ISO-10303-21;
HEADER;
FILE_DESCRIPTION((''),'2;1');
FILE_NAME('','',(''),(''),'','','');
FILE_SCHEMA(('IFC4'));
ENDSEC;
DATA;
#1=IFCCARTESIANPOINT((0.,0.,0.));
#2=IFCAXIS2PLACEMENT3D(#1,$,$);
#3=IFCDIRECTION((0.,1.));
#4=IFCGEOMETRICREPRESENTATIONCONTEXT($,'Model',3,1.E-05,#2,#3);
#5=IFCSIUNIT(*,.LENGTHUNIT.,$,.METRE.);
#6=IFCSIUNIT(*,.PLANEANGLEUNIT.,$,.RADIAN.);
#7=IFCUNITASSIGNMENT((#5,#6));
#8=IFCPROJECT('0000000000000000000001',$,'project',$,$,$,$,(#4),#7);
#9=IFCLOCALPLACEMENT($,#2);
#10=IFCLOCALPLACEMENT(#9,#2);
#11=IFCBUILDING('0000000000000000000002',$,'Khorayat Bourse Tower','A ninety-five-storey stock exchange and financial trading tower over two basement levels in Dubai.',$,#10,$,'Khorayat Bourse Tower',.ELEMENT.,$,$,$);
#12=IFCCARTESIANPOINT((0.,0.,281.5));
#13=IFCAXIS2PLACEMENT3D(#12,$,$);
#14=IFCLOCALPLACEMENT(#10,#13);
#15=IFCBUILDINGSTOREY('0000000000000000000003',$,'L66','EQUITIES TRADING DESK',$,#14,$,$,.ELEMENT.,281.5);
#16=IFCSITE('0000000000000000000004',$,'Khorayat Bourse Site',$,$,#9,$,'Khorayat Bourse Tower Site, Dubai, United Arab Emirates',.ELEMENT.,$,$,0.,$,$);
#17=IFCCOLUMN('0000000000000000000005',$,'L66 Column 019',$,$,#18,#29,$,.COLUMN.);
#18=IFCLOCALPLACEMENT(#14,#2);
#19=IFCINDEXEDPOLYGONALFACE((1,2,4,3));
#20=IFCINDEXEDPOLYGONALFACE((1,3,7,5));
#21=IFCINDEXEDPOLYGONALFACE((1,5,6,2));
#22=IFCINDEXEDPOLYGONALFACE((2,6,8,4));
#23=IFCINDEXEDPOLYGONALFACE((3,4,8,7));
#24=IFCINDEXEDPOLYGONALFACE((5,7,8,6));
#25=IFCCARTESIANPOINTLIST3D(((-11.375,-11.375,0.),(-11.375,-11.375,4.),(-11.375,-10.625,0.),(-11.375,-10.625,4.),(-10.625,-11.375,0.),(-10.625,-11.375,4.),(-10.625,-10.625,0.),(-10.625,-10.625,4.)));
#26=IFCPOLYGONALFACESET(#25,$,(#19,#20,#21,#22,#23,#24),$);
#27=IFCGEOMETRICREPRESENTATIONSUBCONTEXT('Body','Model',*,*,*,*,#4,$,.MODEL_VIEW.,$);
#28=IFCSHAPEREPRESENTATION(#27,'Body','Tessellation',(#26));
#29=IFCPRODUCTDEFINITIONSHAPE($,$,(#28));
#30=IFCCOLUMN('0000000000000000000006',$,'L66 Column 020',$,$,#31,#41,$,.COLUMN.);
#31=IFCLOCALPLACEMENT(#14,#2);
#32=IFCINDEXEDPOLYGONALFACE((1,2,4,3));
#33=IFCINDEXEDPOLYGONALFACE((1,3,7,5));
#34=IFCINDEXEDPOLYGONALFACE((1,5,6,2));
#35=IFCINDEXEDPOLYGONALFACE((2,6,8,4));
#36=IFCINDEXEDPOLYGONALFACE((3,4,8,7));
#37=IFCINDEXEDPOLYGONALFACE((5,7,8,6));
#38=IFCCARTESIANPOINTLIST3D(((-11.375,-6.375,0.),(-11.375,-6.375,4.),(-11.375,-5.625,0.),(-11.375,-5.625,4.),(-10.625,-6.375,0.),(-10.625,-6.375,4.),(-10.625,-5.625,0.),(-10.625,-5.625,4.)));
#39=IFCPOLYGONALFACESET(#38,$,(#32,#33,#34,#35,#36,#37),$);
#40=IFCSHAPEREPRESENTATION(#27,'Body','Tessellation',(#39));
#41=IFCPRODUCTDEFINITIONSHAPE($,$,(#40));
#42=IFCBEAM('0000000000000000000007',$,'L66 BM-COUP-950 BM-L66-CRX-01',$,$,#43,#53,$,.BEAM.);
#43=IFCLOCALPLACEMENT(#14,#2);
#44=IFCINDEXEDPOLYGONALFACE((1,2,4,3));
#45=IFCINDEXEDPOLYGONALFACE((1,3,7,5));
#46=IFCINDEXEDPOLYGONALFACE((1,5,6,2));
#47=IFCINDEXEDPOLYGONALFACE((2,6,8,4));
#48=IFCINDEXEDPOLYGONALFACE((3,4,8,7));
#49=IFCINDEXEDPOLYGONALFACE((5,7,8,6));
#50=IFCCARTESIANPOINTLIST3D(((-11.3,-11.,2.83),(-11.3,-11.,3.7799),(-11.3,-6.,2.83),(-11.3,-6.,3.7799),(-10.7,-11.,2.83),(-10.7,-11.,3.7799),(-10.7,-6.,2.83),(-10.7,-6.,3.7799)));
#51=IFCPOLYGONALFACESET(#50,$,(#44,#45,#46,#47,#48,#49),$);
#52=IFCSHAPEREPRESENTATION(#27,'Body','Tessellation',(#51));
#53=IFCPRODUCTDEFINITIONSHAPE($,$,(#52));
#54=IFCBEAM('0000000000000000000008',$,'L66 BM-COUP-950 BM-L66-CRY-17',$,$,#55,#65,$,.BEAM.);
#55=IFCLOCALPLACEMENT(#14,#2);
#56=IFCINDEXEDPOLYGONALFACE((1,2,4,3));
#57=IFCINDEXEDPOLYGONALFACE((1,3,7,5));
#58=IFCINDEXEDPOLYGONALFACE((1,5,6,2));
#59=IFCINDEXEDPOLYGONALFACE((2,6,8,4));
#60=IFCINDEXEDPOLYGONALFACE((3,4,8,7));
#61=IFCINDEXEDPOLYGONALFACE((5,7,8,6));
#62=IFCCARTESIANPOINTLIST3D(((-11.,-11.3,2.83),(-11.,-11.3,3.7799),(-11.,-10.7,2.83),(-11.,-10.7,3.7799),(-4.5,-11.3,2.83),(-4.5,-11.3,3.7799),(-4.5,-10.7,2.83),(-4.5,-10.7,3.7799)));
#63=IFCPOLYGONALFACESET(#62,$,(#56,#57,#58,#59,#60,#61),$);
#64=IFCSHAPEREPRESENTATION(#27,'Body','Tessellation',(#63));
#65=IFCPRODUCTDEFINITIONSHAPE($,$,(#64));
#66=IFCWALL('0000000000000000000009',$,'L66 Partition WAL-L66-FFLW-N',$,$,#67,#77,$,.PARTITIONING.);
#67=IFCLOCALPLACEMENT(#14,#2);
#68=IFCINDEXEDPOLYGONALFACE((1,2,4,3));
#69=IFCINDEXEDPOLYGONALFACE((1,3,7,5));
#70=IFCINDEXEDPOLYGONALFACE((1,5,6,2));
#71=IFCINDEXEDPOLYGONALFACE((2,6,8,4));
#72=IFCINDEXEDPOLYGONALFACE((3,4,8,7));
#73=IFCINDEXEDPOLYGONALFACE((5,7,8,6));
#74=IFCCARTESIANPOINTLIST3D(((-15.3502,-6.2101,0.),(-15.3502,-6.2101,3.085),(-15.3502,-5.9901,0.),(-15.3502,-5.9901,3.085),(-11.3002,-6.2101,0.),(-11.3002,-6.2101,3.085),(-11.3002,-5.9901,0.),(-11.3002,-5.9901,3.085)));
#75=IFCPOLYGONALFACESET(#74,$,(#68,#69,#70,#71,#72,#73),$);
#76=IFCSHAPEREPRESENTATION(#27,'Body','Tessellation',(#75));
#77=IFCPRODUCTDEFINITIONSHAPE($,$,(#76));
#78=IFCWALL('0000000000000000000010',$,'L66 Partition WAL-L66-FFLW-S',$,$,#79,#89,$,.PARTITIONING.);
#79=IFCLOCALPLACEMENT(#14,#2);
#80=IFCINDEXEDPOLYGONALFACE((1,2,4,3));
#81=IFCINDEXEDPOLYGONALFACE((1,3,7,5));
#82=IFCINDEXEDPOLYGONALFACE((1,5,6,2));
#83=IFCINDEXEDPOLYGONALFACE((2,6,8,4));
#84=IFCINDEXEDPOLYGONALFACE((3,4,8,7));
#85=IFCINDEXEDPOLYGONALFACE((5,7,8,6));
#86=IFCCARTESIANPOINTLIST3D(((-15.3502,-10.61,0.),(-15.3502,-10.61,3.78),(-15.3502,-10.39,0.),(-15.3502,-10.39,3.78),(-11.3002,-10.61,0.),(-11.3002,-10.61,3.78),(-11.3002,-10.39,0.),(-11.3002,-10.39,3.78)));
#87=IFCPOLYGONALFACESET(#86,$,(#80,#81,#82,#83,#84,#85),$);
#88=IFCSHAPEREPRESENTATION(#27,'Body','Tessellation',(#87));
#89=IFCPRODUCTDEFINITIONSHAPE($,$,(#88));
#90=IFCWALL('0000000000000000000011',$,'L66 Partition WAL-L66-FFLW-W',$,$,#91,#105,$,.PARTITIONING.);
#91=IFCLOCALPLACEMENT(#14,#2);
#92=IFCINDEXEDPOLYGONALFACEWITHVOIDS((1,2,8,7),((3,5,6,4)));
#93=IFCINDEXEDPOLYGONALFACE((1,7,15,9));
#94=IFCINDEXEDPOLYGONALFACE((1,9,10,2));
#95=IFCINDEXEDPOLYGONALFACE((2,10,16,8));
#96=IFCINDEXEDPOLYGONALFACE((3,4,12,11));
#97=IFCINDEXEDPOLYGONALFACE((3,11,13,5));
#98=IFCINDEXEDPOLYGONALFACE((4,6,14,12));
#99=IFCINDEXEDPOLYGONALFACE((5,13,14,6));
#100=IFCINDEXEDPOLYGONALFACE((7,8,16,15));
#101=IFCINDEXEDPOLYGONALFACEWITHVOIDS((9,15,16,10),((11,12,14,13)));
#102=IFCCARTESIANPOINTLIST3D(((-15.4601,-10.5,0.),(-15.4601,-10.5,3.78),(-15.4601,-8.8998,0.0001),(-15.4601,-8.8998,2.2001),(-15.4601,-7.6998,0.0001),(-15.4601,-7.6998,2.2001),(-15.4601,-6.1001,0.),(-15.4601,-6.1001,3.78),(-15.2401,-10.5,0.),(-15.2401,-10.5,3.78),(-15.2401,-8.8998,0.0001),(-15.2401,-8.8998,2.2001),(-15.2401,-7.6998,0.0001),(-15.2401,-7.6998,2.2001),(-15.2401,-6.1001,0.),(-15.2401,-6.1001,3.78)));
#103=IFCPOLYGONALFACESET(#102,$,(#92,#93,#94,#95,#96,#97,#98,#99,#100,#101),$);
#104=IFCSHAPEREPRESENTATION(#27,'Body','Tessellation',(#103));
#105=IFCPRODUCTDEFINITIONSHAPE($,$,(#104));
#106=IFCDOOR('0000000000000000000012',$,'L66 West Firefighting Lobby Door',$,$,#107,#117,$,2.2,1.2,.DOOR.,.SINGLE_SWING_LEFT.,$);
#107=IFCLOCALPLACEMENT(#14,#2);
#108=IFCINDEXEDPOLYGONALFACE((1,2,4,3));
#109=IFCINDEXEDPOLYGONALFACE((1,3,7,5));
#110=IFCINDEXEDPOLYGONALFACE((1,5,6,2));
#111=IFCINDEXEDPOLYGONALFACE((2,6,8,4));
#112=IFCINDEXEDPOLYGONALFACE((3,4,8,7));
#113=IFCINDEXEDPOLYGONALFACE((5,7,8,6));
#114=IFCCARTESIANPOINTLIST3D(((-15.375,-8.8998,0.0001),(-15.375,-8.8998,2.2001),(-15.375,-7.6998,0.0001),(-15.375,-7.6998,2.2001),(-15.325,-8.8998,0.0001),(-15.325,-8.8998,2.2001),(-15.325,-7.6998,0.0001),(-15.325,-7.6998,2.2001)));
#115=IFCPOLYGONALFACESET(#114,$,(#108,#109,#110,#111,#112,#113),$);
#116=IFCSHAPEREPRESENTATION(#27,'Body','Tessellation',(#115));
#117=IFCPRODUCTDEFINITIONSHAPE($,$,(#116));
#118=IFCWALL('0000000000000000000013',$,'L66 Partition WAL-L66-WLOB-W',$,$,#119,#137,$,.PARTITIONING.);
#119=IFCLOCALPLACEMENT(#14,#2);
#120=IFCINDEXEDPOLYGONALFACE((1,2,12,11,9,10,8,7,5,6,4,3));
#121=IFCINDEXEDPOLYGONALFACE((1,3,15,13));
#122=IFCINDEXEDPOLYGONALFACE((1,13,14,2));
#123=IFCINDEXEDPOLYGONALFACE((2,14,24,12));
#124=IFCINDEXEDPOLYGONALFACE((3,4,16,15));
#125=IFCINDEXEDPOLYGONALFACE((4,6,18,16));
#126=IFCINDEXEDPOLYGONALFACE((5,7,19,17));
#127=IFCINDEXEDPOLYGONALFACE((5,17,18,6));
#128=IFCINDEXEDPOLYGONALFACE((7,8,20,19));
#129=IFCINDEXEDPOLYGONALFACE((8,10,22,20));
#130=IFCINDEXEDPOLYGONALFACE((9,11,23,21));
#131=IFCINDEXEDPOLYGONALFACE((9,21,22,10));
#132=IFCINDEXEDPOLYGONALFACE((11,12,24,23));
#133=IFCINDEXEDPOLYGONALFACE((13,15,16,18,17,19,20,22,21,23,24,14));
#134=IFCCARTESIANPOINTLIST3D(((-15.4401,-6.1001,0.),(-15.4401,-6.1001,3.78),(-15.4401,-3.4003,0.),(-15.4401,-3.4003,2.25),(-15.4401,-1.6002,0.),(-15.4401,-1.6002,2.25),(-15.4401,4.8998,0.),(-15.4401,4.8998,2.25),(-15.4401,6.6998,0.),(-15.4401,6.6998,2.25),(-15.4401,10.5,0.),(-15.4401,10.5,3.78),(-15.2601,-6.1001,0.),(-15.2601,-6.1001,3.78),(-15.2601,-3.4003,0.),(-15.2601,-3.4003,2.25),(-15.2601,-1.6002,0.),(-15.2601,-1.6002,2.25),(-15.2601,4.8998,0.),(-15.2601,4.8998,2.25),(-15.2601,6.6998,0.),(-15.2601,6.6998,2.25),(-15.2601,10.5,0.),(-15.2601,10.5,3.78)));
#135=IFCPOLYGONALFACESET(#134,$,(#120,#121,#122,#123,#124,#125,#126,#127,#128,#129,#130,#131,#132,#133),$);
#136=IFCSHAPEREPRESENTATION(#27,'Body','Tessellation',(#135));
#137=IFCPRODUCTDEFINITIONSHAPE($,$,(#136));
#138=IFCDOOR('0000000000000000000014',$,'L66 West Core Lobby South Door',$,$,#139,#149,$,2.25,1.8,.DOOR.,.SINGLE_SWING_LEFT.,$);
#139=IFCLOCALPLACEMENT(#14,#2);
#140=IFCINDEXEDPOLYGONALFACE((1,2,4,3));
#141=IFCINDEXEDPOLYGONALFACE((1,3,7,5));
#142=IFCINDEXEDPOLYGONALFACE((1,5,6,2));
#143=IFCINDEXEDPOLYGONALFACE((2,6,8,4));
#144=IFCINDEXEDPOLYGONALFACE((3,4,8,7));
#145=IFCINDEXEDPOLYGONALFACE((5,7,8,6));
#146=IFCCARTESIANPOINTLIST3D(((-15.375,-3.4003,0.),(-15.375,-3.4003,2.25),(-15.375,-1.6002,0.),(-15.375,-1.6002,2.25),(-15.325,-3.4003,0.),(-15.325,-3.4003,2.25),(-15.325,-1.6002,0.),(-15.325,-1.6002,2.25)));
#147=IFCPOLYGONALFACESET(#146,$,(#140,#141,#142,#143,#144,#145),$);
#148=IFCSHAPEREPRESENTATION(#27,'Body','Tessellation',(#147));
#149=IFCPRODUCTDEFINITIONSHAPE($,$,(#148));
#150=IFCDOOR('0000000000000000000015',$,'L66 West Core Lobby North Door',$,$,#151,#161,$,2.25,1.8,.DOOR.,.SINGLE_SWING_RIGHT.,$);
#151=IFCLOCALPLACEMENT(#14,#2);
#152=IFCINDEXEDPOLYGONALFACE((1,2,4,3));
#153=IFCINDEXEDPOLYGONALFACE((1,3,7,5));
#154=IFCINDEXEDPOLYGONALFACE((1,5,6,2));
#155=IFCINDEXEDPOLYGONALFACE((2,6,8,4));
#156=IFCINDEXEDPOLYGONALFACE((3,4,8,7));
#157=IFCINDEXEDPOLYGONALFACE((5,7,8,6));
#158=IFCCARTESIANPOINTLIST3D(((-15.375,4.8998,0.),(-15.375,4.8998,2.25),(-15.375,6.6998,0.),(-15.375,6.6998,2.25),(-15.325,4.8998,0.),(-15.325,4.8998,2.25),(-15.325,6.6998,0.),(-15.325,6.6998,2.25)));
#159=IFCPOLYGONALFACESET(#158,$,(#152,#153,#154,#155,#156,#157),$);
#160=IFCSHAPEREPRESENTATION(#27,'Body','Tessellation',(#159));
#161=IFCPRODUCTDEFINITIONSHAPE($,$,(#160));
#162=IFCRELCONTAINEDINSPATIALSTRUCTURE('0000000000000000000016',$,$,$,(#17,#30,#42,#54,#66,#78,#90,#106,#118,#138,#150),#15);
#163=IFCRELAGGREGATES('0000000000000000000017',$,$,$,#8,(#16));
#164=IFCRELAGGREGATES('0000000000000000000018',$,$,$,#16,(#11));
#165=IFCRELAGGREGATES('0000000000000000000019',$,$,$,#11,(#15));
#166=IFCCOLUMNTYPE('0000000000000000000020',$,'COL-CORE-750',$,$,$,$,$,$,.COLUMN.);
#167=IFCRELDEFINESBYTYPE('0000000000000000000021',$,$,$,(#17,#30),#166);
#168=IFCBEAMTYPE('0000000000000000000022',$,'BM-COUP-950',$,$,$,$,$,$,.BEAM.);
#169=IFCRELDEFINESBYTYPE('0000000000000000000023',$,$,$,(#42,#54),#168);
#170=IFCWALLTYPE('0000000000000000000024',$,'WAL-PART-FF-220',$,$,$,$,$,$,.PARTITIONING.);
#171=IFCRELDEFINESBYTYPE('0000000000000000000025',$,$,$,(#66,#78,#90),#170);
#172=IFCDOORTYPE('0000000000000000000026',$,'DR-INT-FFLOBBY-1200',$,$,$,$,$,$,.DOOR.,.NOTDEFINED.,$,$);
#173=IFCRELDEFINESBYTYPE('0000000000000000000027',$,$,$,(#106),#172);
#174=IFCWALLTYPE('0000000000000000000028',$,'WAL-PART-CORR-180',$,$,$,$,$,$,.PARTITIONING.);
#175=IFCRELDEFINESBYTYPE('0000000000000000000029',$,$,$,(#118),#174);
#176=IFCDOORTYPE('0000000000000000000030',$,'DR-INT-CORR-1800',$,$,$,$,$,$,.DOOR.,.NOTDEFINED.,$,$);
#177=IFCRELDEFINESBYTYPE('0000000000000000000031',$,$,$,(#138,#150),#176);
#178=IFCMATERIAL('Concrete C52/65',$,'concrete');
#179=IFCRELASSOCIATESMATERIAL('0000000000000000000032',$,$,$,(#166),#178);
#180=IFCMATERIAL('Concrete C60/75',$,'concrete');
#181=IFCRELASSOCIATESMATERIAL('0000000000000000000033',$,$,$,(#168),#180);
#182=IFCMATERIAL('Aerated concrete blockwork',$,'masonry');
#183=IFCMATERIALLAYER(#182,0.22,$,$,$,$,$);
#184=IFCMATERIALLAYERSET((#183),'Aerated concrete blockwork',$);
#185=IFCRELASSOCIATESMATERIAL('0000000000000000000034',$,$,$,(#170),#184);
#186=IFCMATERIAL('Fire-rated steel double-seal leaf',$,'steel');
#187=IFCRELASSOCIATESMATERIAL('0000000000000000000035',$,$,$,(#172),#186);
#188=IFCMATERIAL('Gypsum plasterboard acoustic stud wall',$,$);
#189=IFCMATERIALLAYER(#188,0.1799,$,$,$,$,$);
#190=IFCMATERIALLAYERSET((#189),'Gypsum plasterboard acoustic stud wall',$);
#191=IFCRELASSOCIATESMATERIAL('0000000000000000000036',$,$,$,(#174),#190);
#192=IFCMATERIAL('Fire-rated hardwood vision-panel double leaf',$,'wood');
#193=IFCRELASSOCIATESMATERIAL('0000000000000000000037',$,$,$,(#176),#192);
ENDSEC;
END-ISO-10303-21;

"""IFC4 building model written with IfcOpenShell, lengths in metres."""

from ifc_helpers import new_model, si_unit, direction, frame, frame_2d, origin, origin_2d, place, context, subcontext, project, spatial, rectangle, extrude, source, transform, mapped, material, layer, layer_set, material_profile, profile_set, type_object, element, fill, save


model = new_model("IFC4")

# Units and contexts
model_context = context("Model", 3, precision=1e-05, world=origin(), true_north=direction((0.0, 1.0)))
body_context = subcontext(model_context, "Body", "Model", "MODEL_VIEW")
ifc_project = project(units=[si_unit("LENGTHUNIT", "METRE"), si_unit("PLANEANGLEUNIT", "RADIAN")], contexts=[model_context])

# Site, building, storey
site_placement = place(None, origin())
site = spatial("IfcSite", under=ifc_project, at=site_placement, Name="Khorayat Bourse Site", LongName="Khorayat Bourse Tower Site, Dubai, United Arab Emirates", CompositionType="ELEMENT", RefElevation=0.0)
building_placement = place(site_placement, origin())
building = spatial("IfcBuilding", under=site, at=building_placement, Name="Khorayat Bourse Tower", Description="A ninety-five-storey stock exchange and financial trading tower over two basement levels in Dubai.", LongName="Khorayat Bourse Tower", CompositionType="ELEMENT")
storey_placement = place(building_placement, frame((0.0, 0.0, 281.5)))
storey = spatial("IfcBuildingStorey", under=building, at=storey_placement, Name="L66", Description="EQUITIES TRADING DESK", CompositionType="ELEMENT", Elevation=281.5)

# Columns
ifc_material_1 = material(Name="Concrete C52/65", Category="concrete")
ifc_material_profile_1 = material_profile(ifc_material_1, rectangle(XDim=0.75, YDim=0.75, at=origin_2d()), Name="RC 750x750")
ifc_profile_set_1 = profile_set([ifc_material_profile_1], Name="Concrete C52/65")
column_type = type_object("IfcColumnType", Name="COL-CORE-750", PredefinedType="COLUMN", material=ifc_profile_set_1)
shared_shape_1 = source(origin(), body_context, "Body", "SweptSolid", [
    extrude(rectangle(XDim=0.75, YDim=0.75, at=origin_2d()), origin(), (0.0, 0.0, 1.0), 4.0),
])
for number, where, z_axis, x_axis, name in (
    (1, (-11.0, -11.0, 0.0), (0.0, 0.0, 1.0), (1.0, 0.0, 0.0), "L66 Column 019"),
    (2, (-11.0, -6.0, 0.0), (0.0, 0.0, 1.0), (1.0, 0.0, 0.0), "L66 Column 020"),
):
    element("IfcColumn", number, at=place(storey_placement, frame(where, z_axis=z_axis, x_axis=x_axis)), inside=storey, type_object=column_type, Name=name, PredefinedType="COLUMN", context=body_context, shape_type="MappedRepresentation", body=[
        mapped(shared_shape_1, transform((0.0, 0.0, 0.0), scale=1.0)),
    ])

# Beams
ifc_material_2 = material(Name="Concrete C60/75", Category="concrete")
ifc_material_profile_2 = material_profile(ifc_material_2, rectangle(XDim=0.6001, YDim=0.95, at=origin_2d()), Name="RC 600x950")
ifc_profile_set_2 = profile_set([ifc_material_profile_2], Name="Concrete C60/75")
beam_type = type_object("IfcBeamType", Name="BM-COUP-950", PredefinedType="BEAM", material=ifc_profile_set_2)
shared_shape_2 = source(origin(), body_context, "Body", "SweptSolid", [
    extrude(rectangle(XDim=0.6001, YDim=0.95, at=origin_2d()), origin(), (0.0, 0.0, 1.0), 5.0),
])
beam_1_placement = place(storey_placement, frame((-11.0, -11.0, 3.3049), z_axis=(0.0, 1.0, 0.0), x_axis=(-1.0, 0.0, 0.0)))
element("IfcBeam", 3, at=beam_1_placement, inside=storey, type_object=beam_type, Name="L66 BM-COUP-950 BM-L66-CRX-01", PredefinedType="BEAM", context=body_context, shape_type="MappedRepresentation", body=[
    mapped(shared_shape_2, transform((0.0, 0.0, 0.0), scale=1.0)),
])
shared_shape_3 = source(origin(), body_context, "Body", "SweptSolid", [
    extrude(rectangle(XDim=0.6001, YDim=0.95, at=origin_2d()), origin(), (0.0, 0.0, 1.0), 6.5),
])
beam_2_placement = place(storey_placement, frame((-11.0, -11.0, 3.3049), z_axis=(1.0, 0.0, 0.0), x_axis=(0.0, 1.0, 0.0)))
element("IfcBeam", 4, at=beam_2_placement, inside=storey, type_object=beam_type, Name="L66 BM-COUP-950 BM-L66-CRY-17", PredefinedType="BEAM", context=body_context, shape_type="MappedRepresentation", body=[
    mapped(shared_shape_3, transform((0.0, 0.0, 0.0), scale=1.0)),
])

# Walls
ifc_material_3 = material(Name="Aerated concrete blockwork", Category="masonry")
ifc_layer_1 = layer(ifc_material_3, 0.22)
ifc_layer_set_1 = layer_set([ifc_layer_1], Name="Aerated concrete blockwork")
wall_type_1 = type_object("IfcWallType", Name="WAL-PART-FF-220", PredefinedType="PARTITIONING", material=ifc_layer_set_1)
shared_shape_4 = source(origin(), body_context, "Body", "SweptSolid", [
    extrude(rectangle(XDim=4.05, YDim=0.22, at=frame_2d((2.0249, 0.0))), origin(), (0.0, 0.0, 1.0), 3.085),
])
wall_1_placement = place(storey_placement, frame((-15.3501, -6.1001, 0.0), z_axis=(0.0, 0.0, 1.0), x_axis=(1.0, 0.0, 0.0)))
element("IfcWall", 5, at=wall_1_placement, inside=storey, type_object=wall_type_1, Name="L66 Partition WAL-L66-FFLW-N", PredefinedType="PARTITIONING", context=body_context, shape_type="MappedRepresentation", body=[
    mapped(shared_shape_4, transform((0.0, 0.0, 0.0), scale=1.0)),
])
shared_shape_5 = source(origin(), body_context, "Body", "SweptSolid", [
    extrude(rectangle(XDim=4.05, YDim=0.22, at=frame_2d((2.0249, 0.0))), origin(), (0.0, 0.0, 1.0), 3.78),
])
wall_2_placement = place(storey_placement, frame((-15.3501, -10.5, 0.0), z_axis=(0.0, 0.0, 1.0), x_axis=(1.0, 0.0, 0.0)))
element("IfcWall", 6, at=wall_2_placement, inside=storey, type_object=wall_type_1, Name="L66 Partition WAL-L66-FFLW-S", PredefinedType="PARTITIONING", context=body_context, shape_type="MappedRepresentation", body=[
    mapped(shared_shape_5, transform((0.0, 0.0, 0.0), scale=1.0)),
])

# Wall, opening, door
shared_shape_6 = source(origin(), body_context, "Body", "SweptSolid", [
    extrude(rectangle(XDim=4.3999, YDim=0.22, at=frame_2d((2.2, 0.0))), origin(), (0.0, 0.0, 1.0), 3.78),
])
wall_3_placement = place(storey_placement, frame((-15.3501, -10.5, 0.0), z_axis=(0.0, 0.0, 1.0), x_axis=(0.0, 1.0, 0.0)))
wall_3 = element("IfcWall", 7, at=wall_3_placement, inside=storey, type_object=wall_type_1, Name="L66 Partition WAL-L66-FFLW-W", PredefinedType="PARTITIONING", context=body_context, shape_type="MappedRepresentation", body=[
    mapped(shared_shape_6, transform((0.0, 0.0, 0.0), scale=1.0)),
])
shared_shape_7 = source(origin(), body_context, "Body", "SweptSolid", [
    extrude(rectangle(XDim=1.2, YDim=2.2, at=frame_2d((0.6001, 1.1001))), frame((0.0, 0.1199, 0.0), z_axis=(0.0, -1.0, 0.0), x_axis=(1.0, 0.0, 0.0)), (0.0, 0.0, 1.0), 0.24),
])
opening_1_placement = place(wall_3_placement, frame((1.6001, 0.0, 0.0)))
opening_1 = element("IfcOpeningElement", 8, at=opening_1_placement, cuts=wall_3, PredefinedType="OPENING", context=body_context, shape_type="MappedRepresentation", body=[
    mapped(shared_shape_7, transform((0.0, 0.0, 0.0), scale=1.0)),
])
ifc_material_4 = material(Name="Fire-rated steel double-seal leaf", Category="steel")
door_type_1 = type_object("IfcDoorType", Name="DR-INT-FFLOBBY-1200", OperationType="NOTDEFINED", PredefinedType="DOOR", material=ifc_material_4)
shared_shape_8 = source(origin(), body_context, "Body", "SweptSolid", [
    extrude(rectangle(XDim=1.2, YDim=2.2, at=frame_2d((0.6001, 1.1001))), frame((0.0, 0.0249, 0.0), z_axis=(0.0, -1.0, 0.0), x_axis=(1.0, 0.0, 0.0)), (0.0, 0.0, 1.0), 0.05),
])
door_1_placement = place(opening_1_placement, origin())
door_1 = element("IfcDoor", 9, at=door_1_placement, inside=storey, type_object=door_type_1, Name="L66 West Firefighting Lobby Door", OperationType="SINGLE_SWING_LEFT", OverallHeight=2.2, OverallWidth=1.2, PredefinedType="DOOR", context=body_context, shape_type="MappedRepresentation", body=[
    mapped(shared_shape_8, transform((0.0, 0.0, 0.0), scale=1.0)),
])
fill(opening_1, door_1)

# Wall, openings, doors
ifc_material_5 = material(Name="Gypsum plasterboard acoustic stud wall")
ifc_layer_2 = layer(ifc_material_5, 0.1799)
ifc_layer_set_2 = layer_set([ifc_layer_2], Name="Gypsum plasterboard acoustic stud wall")
wall_type_2 = type_object("IfcWallType", Name="WAL-PART-CORR-180", PredefinedType="PARTITIONING", material=ifc_layer_set_2)
shared_shape_9 = source(origin(), body_context, "Body", "SweptSolid", [
    extrude(rectangle(XDim=16.6001, YDim=0.1799, at=frame_2d((8.3, 0.0))), origin(), (0.0, 0.0, 1.0), 3.78),
])
wall_4_placement = place(storey_placement, frame((-15.3501, -6.1001, 0.0), z_axis=(0.0, 0.0, 1.0), x_axis=(0.0, 1.0, 0.0)))
wall_4 = element("IfcWall", 10, at=wall_4_placement, inside=storey, type_object=wall_type_2, Name="L66 Partition WAL-L66-WLOB-W", PredefinedType="PARTITIONING", context=body_context, shape_type="MappedRepresentation", body=[
    mapped(shared_shape_9, transform((0.0, 0.0, 0.0), scale=1.0)),
])
shared_shape_10 = source(origin(), body_context, "Body", "SweptSolid", [
    extrude(rectangle(XDim=1.8, YDim=2.25, at=frame_2d((0.8999, 1.125))), frame((0.0, 0.0999, 0.0), z_axis=(0.0, -1.0, 0.0), x_axis=(1.0, 0.0, 0.0)), (0.0, 0.0, 1.0), 0.2),
])
opening_2_placement = place(wall_4_placement, frame((2.7, 0.0, 0.0)))
opening_2 = element("IfcOpeningElement", 11, at=opening_2_placement, cuts=wall_4, PredefinedType="OPENING", context=body_context, shape_type="MappedRepresentation", body=[
    mapped(shared_shape_10, transform((0.0, 0.0, 0.0), scale=1.0)),
])
opening_3_placement = place(wall_4_placement, frame((11.0, 0.0, 0.0)))
opening_3 = element("IfcOpeningElement", 12, at=opening_3_placement, cuts=wall_4, PredefinedType="OPENING", context=body_context, shape_type="MappedRepresentation", body=[
    mapped(shared_shape_10, transform((0.0, 0.0, 0.0), scale=1.0)),
])
ifc_material_6 = material(Name="Fire-rated hardwood vision-panel double leaf", Category="wood")
door_type_2 = type_object("IfcDoorType", Name="DR-INT-CORR-1800", OperationType="NOTDEFINED", PredefinedType="DOOR", material=ifc_material_6)
shared_shape_11 = source(origin(), body_context, "Body", "SweptSolid", [
    extrude(rectangle(XDim=1.8, YDim=2.25, at=frame_2d((0.8999, 1.125))), frame((0.0, 0.0249, 0.0), z_axis=(0.0, -1.0, 0.0), x_axis=(1.0, 0.0, 0.0)), (0.0, 0.0, 1.0), 0.05),
])
door_2_placement = place(opening_2_placement, origin())
door_2 = element("IfcDoor", 13, at=door_2_placement, inside=storey, type_object=door_type_2, Name="L66 West Core Lobby South Door", OperationType="SINGLE_SWING_LEFT", OverallHeight=2.25, OverallWidth=1.8, PredefinedType="DOOR", context=body_context, shape_type="MappedRepresentation", body=[
    mapped(shared_shape_11, transform((0.0, 0.0, 0.0), scale=1.0)),
])
fill(opening_2, door_2)
door_3_placement = place(opening_3_placement, origin())
door_3 = element("IfcDoor", 14, at=door_3_placement, inside=storey, type_object=door_type_2, Name="L66 West Core Lobby North Door", OperationType="SINGLE_SWING_RIGHT", OverallHeight=2.25, OverallWidth=1.8, PredefinedType="DOOR", context=body_context, shape_type="MappedRepresentation", body=[
    mapped(shared_shape_11, transform((0.0, 0.0, 0.0), scale=1.0)),
])
fill(opening_3, door_3)

save(model, "model.ifc")
